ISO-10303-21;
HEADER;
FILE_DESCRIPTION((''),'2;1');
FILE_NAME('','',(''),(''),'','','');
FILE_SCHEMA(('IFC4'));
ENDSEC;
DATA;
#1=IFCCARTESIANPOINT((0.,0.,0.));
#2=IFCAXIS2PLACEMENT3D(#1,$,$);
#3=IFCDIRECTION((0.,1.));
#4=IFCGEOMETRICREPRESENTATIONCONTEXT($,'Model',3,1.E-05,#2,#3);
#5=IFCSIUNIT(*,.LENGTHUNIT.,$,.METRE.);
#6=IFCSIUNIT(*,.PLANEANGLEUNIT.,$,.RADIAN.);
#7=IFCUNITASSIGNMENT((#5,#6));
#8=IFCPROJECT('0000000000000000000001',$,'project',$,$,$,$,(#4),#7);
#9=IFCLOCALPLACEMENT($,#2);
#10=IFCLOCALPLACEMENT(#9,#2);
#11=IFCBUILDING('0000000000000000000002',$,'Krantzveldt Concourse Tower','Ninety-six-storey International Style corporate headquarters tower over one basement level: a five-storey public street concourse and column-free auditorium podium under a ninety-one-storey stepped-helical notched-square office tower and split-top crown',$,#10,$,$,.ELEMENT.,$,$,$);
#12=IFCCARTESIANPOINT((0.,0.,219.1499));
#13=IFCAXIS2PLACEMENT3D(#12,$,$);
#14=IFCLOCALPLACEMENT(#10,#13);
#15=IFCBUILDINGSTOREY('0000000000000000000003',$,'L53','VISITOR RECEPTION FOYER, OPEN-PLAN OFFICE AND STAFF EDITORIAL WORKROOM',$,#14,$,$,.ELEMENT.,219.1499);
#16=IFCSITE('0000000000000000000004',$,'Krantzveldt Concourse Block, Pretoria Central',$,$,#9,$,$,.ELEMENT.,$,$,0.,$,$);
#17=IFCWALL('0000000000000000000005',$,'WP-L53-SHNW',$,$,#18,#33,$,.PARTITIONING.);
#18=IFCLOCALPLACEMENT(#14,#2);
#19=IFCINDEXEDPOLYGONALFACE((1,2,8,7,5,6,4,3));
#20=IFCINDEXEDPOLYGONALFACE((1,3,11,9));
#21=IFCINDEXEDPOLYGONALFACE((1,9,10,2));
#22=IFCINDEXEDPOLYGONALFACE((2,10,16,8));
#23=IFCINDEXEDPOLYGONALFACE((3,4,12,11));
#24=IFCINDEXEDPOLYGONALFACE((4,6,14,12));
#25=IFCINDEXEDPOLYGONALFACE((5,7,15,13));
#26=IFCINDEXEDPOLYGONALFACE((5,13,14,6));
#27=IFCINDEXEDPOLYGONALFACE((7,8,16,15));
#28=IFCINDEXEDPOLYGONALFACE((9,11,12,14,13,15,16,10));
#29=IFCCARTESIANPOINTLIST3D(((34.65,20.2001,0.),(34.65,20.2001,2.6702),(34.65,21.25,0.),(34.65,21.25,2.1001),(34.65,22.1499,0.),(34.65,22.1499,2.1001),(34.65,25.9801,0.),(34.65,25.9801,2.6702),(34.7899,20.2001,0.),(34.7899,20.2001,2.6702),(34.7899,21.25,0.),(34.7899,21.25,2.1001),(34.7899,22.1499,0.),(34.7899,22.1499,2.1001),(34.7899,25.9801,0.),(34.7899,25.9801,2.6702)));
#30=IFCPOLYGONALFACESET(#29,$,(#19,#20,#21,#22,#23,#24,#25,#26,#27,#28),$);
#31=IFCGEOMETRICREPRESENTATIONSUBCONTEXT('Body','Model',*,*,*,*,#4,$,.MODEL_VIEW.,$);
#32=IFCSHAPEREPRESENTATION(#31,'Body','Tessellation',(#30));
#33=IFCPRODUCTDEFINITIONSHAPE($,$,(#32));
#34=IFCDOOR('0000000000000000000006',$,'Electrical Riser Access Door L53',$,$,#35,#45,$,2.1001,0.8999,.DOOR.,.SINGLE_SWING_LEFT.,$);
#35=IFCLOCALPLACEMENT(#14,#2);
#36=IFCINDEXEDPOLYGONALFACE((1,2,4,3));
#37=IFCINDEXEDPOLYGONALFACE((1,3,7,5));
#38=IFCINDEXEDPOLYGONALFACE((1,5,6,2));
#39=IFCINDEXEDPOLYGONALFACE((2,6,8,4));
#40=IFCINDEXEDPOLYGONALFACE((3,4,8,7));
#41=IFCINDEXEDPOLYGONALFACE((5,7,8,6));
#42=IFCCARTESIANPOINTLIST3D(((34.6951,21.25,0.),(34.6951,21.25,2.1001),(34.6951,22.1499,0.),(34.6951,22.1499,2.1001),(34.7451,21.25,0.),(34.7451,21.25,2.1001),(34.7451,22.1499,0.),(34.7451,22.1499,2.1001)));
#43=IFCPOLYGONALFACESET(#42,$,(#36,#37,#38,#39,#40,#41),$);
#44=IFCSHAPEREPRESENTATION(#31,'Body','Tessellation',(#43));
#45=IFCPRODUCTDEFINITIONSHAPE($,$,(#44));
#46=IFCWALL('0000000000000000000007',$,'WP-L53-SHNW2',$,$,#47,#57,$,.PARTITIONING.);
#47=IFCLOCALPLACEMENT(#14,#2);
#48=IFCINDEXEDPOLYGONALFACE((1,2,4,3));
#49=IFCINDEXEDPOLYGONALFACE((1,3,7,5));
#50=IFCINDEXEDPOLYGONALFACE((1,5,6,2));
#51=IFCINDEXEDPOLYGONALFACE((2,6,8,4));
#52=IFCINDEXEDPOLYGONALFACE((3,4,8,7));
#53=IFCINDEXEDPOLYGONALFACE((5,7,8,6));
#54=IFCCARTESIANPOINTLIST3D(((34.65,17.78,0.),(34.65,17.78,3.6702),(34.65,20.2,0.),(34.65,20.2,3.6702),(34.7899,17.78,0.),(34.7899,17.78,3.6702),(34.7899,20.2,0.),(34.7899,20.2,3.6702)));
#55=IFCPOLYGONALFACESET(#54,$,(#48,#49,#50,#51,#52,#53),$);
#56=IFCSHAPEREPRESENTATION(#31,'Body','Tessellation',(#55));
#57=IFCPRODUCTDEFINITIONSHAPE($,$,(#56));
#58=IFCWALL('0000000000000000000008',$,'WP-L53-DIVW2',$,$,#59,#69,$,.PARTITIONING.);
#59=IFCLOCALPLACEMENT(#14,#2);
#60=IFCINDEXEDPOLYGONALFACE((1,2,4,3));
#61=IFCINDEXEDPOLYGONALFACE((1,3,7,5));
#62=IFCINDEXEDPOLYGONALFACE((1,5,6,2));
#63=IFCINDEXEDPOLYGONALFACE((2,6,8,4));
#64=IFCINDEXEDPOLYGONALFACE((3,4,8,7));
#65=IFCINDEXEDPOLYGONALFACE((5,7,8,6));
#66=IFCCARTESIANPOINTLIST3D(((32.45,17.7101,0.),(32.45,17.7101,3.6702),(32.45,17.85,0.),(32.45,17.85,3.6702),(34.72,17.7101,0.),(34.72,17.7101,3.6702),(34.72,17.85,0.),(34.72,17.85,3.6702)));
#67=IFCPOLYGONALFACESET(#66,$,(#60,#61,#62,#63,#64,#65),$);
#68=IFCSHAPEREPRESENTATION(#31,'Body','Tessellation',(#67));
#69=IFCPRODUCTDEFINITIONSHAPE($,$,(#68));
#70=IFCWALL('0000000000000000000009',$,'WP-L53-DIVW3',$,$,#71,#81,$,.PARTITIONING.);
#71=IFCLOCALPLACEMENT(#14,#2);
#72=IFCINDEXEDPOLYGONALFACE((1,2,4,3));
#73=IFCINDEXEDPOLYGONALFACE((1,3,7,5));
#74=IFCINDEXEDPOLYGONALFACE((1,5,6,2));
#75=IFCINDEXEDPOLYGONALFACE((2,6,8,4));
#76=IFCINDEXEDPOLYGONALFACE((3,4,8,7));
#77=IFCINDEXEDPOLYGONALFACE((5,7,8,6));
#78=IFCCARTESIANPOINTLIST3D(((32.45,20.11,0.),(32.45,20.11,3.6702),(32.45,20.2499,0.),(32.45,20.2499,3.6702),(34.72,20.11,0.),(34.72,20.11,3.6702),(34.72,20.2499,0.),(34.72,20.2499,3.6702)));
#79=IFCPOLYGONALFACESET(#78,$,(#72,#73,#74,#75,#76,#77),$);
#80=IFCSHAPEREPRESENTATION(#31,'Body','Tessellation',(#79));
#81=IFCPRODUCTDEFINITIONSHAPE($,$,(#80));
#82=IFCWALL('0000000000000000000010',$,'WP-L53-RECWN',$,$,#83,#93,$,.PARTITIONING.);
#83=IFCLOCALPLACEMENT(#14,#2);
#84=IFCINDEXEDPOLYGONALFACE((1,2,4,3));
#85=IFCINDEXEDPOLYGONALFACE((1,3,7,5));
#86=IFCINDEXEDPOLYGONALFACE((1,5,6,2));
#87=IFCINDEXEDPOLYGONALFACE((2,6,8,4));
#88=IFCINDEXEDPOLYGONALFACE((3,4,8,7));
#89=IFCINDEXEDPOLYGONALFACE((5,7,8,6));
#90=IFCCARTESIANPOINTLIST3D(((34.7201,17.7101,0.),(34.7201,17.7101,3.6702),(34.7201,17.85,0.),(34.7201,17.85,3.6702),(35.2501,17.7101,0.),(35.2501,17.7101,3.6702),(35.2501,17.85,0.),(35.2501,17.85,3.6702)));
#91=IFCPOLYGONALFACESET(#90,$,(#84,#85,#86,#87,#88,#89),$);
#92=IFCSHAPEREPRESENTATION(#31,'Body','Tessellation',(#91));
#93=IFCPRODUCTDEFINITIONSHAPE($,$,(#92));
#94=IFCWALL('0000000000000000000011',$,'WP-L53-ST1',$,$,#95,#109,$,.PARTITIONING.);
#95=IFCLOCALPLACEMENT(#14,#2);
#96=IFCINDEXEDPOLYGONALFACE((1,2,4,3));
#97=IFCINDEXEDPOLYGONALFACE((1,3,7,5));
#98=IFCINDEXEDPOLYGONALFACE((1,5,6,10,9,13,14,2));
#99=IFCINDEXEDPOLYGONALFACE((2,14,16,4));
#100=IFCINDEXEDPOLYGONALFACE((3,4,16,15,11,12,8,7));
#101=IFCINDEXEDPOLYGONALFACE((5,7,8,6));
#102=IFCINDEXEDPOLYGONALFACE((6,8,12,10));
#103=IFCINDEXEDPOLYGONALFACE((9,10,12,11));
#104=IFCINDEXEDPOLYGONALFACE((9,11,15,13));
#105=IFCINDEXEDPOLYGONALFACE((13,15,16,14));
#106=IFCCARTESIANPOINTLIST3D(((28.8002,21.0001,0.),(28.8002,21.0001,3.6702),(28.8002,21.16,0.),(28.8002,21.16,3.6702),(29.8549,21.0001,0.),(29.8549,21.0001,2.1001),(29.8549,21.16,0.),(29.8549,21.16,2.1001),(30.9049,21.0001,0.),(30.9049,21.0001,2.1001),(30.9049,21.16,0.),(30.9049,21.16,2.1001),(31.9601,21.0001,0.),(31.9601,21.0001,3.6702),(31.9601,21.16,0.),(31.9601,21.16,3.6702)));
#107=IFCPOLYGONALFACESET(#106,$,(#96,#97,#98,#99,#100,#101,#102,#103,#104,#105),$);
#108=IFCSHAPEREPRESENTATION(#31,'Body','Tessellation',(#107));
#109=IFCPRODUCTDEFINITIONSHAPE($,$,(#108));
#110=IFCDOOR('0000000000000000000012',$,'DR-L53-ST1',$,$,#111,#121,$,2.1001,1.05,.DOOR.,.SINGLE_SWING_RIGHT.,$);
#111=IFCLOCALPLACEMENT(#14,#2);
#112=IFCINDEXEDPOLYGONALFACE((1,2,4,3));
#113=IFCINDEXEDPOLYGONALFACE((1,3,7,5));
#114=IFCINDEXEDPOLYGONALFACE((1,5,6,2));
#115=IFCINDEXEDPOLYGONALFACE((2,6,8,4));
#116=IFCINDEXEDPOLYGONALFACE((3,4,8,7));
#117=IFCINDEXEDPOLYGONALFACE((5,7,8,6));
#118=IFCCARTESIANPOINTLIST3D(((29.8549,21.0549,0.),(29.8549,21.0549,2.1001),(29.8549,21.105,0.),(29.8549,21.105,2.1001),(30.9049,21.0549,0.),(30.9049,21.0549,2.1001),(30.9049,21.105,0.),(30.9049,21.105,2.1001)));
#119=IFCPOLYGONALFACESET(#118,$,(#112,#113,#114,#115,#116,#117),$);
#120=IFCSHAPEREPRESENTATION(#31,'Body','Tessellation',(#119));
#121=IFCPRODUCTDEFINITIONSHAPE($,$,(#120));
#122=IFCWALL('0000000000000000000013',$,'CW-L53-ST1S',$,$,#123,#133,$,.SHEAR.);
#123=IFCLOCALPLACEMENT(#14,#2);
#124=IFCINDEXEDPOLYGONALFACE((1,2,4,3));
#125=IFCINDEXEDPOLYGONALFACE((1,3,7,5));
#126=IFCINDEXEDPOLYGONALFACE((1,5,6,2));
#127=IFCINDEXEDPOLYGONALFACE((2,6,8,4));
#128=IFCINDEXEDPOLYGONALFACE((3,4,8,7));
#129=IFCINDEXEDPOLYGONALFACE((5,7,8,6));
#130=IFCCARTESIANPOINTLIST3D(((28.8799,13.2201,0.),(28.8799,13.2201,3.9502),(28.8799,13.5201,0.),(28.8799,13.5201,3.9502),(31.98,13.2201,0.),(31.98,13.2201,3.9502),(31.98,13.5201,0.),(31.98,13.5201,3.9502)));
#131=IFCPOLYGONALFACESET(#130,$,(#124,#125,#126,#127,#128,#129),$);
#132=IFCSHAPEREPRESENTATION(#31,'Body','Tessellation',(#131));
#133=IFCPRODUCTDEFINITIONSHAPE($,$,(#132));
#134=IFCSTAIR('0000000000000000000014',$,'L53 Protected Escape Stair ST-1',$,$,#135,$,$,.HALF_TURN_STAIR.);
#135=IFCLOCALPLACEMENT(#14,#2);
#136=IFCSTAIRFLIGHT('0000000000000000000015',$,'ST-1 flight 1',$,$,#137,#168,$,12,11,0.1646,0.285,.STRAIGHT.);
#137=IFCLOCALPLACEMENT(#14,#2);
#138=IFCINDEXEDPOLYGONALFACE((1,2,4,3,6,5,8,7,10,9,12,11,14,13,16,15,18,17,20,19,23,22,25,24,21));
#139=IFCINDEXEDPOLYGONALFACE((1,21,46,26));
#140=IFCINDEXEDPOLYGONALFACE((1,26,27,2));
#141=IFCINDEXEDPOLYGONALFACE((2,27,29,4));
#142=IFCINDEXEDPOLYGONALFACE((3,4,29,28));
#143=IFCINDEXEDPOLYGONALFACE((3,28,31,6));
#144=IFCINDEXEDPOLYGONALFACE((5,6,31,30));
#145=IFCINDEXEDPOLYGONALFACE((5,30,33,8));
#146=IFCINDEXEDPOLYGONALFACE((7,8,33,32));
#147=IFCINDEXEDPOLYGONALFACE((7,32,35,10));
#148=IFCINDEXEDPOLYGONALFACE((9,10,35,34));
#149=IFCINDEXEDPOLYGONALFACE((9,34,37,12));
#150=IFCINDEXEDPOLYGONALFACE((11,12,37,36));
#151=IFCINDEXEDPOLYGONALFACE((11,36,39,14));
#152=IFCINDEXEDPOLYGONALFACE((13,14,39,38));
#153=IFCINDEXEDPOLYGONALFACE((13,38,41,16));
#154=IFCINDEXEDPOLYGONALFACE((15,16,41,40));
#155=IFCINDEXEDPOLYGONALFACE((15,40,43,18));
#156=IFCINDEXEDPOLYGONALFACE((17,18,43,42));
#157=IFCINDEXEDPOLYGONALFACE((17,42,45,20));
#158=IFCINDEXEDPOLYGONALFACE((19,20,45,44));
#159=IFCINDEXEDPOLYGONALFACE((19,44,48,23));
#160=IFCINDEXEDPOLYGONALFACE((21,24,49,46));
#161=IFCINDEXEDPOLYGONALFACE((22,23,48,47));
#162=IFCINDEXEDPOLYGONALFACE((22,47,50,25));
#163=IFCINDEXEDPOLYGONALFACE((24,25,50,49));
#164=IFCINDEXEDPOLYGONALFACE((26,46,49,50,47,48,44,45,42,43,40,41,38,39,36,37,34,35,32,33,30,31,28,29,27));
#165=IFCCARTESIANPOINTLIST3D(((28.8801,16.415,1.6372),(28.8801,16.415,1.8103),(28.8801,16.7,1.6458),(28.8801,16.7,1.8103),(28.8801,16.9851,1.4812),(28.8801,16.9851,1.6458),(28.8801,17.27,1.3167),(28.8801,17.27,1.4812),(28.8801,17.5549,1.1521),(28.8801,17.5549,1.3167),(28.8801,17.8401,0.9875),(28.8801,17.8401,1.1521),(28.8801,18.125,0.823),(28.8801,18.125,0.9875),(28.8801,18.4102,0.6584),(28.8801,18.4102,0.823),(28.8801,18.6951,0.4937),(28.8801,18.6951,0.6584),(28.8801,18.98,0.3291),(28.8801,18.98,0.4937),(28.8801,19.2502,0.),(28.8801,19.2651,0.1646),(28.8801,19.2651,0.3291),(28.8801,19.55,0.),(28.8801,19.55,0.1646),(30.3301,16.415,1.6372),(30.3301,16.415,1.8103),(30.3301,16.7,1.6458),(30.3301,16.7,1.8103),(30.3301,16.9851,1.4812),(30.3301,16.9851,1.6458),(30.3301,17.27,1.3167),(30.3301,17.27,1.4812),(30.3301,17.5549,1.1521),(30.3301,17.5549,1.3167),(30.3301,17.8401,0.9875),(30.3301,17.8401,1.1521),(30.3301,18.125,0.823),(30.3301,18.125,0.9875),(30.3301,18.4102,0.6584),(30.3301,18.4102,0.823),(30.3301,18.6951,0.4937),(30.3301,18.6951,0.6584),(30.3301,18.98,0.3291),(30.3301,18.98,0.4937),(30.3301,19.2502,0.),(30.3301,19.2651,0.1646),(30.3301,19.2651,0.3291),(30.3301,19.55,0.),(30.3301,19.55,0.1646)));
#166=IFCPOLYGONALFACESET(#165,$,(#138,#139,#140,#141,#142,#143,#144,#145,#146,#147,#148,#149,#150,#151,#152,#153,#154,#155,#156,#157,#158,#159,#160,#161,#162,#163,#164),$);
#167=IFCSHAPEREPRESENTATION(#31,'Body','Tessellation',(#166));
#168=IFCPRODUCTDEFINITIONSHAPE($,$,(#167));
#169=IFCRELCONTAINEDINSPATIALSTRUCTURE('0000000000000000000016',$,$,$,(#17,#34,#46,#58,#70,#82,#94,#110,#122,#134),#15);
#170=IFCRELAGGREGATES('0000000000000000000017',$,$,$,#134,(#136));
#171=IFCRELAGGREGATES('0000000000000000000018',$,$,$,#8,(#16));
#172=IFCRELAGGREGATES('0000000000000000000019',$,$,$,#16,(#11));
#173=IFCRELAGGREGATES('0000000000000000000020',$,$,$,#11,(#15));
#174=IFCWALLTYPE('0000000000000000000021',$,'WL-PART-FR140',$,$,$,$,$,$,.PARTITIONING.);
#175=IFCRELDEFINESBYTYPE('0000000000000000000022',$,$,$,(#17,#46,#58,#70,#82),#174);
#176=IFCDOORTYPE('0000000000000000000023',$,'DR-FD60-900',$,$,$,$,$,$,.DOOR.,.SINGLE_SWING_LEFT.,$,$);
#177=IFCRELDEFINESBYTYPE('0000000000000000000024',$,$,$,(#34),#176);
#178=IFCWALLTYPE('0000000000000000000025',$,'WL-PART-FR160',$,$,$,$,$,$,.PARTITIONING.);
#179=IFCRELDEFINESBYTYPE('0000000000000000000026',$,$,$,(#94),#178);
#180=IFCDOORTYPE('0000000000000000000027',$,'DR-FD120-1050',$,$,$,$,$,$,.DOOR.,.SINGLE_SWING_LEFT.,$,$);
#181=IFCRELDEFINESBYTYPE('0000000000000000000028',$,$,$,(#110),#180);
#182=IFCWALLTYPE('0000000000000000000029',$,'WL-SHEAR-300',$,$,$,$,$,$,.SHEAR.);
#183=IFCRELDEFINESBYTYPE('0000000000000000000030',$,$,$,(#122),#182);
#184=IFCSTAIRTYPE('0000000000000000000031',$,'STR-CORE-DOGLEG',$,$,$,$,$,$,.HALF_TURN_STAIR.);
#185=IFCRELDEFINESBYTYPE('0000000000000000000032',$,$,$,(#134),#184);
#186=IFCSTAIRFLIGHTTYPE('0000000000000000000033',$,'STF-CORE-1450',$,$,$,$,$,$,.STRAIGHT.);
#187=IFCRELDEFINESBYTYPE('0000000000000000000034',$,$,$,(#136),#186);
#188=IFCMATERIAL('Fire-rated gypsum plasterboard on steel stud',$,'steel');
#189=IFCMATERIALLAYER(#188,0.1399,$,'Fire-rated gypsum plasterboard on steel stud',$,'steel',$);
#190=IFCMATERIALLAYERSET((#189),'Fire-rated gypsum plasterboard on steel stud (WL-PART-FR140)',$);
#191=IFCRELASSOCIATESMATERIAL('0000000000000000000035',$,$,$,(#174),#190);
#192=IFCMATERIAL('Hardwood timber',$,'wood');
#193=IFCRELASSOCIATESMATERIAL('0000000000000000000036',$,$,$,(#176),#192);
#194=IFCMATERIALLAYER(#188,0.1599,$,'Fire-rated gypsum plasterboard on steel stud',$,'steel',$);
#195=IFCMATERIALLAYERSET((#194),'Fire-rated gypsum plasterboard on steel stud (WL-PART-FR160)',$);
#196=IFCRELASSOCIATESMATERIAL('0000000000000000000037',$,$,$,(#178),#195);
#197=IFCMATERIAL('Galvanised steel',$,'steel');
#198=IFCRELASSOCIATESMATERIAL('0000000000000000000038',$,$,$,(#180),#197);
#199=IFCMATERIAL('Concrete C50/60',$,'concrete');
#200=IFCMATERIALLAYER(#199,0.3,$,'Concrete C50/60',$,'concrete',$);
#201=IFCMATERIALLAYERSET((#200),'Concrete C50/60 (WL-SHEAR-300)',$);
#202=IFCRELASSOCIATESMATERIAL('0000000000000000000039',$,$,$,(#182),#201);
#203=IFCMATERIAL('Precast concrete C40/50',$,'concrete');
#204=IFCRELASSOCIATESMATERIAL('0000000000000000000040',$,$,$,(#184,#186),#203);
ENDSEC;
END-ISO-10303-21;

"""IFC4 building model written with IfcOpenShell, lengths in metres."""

from ifc_helpers import new_model, si_unit, direction, frame, frame_2d, origin, place, context, subcontext, project, spatial, polyline, rectangle, outline, extrude, material, layer, layer_set, type_object, element, fill, aggregate, save


model = new_model("IFC4")

# Units and contexts
model_context = context("Model", 3, precision=1e-05, world=origin(), true_north=direction((0.0, 1.0)))
body_context = subcontext(model_context, "Body", "Model", "MODEL_VIEW")
ifc_project = project(units=[si_unit("LENGTHUNIT", "METRE"), si_unit("PLANEANGLEUNIT", "RADIAN")], contexts=[model_context])

# Site, building, storey
site_placement = place(None, origin())
site = spatial("IfcSite", under=ifc_project, at=site_placement, Name="Krantzveldt Concourse Block, Pretoria Central", CompositionType="ELEMENT", RefElevation=0.0)
building_placement = place(site_placement, origin())
building = spatial("IfcBuilding", under=site, at=building_placement, Name="Krantzveldt Concourse Tower", Description="Ninety-six-storey International Style corporate headquarters tower over one basement level: a five-storey public street concourse and column-free auditorium podium under a ninety-one-storey stepped-helical notched-square office tower and split-top crown", CompositionType="ELEMENT")
storey_placement = place(building_placement, frame((0.0, 0.0, 219.1499)))
storey = spatial("IfcBuildingStorey", under=building, at=storey_placement, Name="L53", Description="VISITOR RECEPTION FOYER, OPEN-PLAN OFFICE AND STAFF EDITORIAL WORKROOM", CompositionType="ELEMENT", Elevation=219.1499)

# Wall, opening, door
ifc_material_1 = material(Name="Fire-rated gypsum plasterboard on steel stud", Category="steel")
ifc_layer_1 = layer(ifc_material_1, 0.1399, Name="Fire-rated gypsum plasterboard on steel stud", Category="steel")
ifc_layer_set_1 = layer_set([ifc_layer_1], Name="Fire-rated gypsum plasterboard on steel stud (WL-PART-FR140)")
wall_type_1 = type_object("IfcWallType", Name="WL-PART-FR140", PredefinedType="PARTITIONING", material=ifc_layer_set_1)
wall_1_placement = place(storey_placement, frame((34.72, 20.2, 0.0), z_axis=(0.0, 0.0, 1.0), x_axis=(0.0, 1.0, 0.0)))
wall_1 = element("IfcWall", 1, at=wall_1_placement, inside=storey, type_object=wall_type_1, Name="WP-L53-SHNW", PredefinedType="PARTITIONING", context=body_context, shape_type="SweptSolid", body=[
    extrude(rectangle(XDim=5.78, YDim=0.1399, at=frame_2d((2.8901, 0.0))), origin(), (0.0, 0.0, 1.0), 2.6702),
])
opening_1_placement = place(wall_1_placement, frame((1.05, 0.0, 0.0)))
opening_1 = element("IfcOpeningElement", 2, at=opening_1_placement, cuts=wall_1, PredefinedType="OPENING", context=body_context, shape_type="SweptSolid", body=[
    extrude(rectangle(XDim=0.8999, YDim=2.1001, at=frame_2d((0.45, 1.05))), frame((0.0, 0.0801, 0.0), z_axis=(0.0, -1.0, 0.0), x_axis=(1.0, 0.0, 0.0)), (0.0, 0.0, 1.0), 0.1599),
])
ifc_material_2 = material(Name="Hardwood timber", Category="wood")
door_type_1 = type_object("IfcDoorType", Name="DR-FD60-900", OperationType="SINGLE_SWING_LEFT", PredefinedType="DOOR", material=ifc_material_2)
door_1_placement = place(opening_1_placement, origin())
door_1 = element("IfcDoor", 3, at=door_1_placement, inside=storey, type_object=door_type_1, Name="Electrical Riser Access Door L53", OperationType="SINGLE_SWING_LEFT", OverallHeight=2.1001, OverallWidth=0.8999, PredefinedType="DOOR", context=body_context, shape_type="SweptSolid", body=[
    extrude(rectangle(XDim=0.8999, YDim=2.1001, at=frame_2d((0.45, 1.05))), frame((0.0, 0.0249, 0.0), z_axis=(0.0, -1.0, 0.0), x_axis=(1.0, 0.0, 0.0)), (0.0, 0.0, 1.0), 0.05),
])
fill(opening_1, door_1)

# Walls
wall_2_placement = place(storey_placement, frame((34.72, 17.78, 0.0), z_axis=(0.0, 0.0, 1.0), x_axis=(0.0, 1.0, 0.0)))
element("IfcWall", 4, at=wall_2_placement, inside=storey, type_object=wall_type_1, Name="WP-L53-SHNW2", PredefinedType="PARTITIONING", context=body_context, shape_type="SweptSolid", body=[
    extrude(rectangle(XDim=2.4199, YDim=0.1399, at=frame_2d((1.21, 0.0))), origin(), (0.0, 0.0, 1.0), 3.6702),
])
for number, where, z_axis, x_axis, name in (
    (5, (32.45, 17.78, 0.0), (0.0, 0.0, 1.0), (1.0, 0.0, 0.0), "WP-L53-DIVW2"),
    (6, (32.45, 20.1799, 0.0), (0.0, 0.0, 1.0), (1.0, 0.0, 0.0), "WP-L53-DIVW3"),
):
    element("IfcWall", number, at=place(storey_placement, frame(where, z_axis=z_axis, x_axis=x_axis)), inside=storey, type_object=wall_type_1, Name=name, PredefinedType="PARTITIONING", context=body_context, shape_type="SweptSolid", body=[
        extrude(rectangle(XDim=2.27, YDim=0.1399, at=frame_2d((1.135, 0.0))), origin(), (0.0, 0.0, 1.0), 3.6702),
    ])
wall_3_placement = place(storey_placement, frame((34.72, 17.78, 0.0), z_axis=(0.0, 0.0, 1.0), x_axis=(1.0, 0.0, 0.0)))
element("IfcWall", 7, at=wall_3_placement, inside=storey, type_object=wall_type_1, Name="WP-L53-RECWN", PredefinedType="PARTITIONING", context=body_context, shape_type="SweptSolid", body=[
    extrude(rectangle(XDim=0.53, YDim=0.1399, at=frame_2d((0.2651, 0.0))), origin(), (0.0, 0.0, 1.0), 3.6702),
])

# Wall, opening, door
ifc_layer_2 = layer(ifc_material_1, 0.1599, Name="Fire-rated gypsum plasterboard on steel stud", Category="steel")
ifc_layer_set_2 = layer_set([ifc_layer_2], Name="Fire-rated gypsum plasterboard on steel stud (WL-PART-FR160)")
wall_type_2 = type_object("IfcWallType", Name="WL-PART-FR160", PredefinedType="PARTITIONING", material=ifc_layer_set_2)
wall_4_placement = place(storey_placement, frame((28.8, 21.0801, 0.0), z_axis=(0.0, 0.0, 1.0), x_axis=(1.0, 0.0, 0.0)))
wall_4 = element("IfcWall", 8, at=wall_4_placement, inside=storey, type_object=wall_type_2, Name="WP-L53-ST1", PredefinedType="PARTITIONING", context=body_context, shape_type="SweptSolid", body=[
    extrude(rectangle(XDim=3.1599, YDim=0.1599, at=frame_2d((1.5801, 0.0))), origin(), (0.0, 0.0, 1.0), 3.6702),
])
opening_2_placement = place(wall_4_placement, frame((1.0549, 0.0, 0.0)))
opening_2 = element("IfcOpeningElement", 9, at=opening_2_placement, cuts=wall_4, PredefinedType="OPENING", context=body_context, shape_type="SweptSolid", body=[
    extrude(rectangle(XDim=1.05, YDim=2.1001, at=frame_2d((0.5249, 1.05))), frame((0.0, 0.0898, 0.0), z_axis=(0.0, -1.0, 0.0), x_axis=(1.0, 0.0, 0.0)), (0.0, 0.0, 1.0), 0.1799),
])
ifc_material_3 = material(Name="Galvanised steel", Category="steel")
door_type_2 = type_object("IfcDoorType", Name="DR-FD120-1050", OperationType="SINGLE_SWING_LEFT", PredefinedType="DOOR", material=ifc_material_3)
door_2_placement = place(opening_2_placement, origin())
door_2 = element("IfcDoor", 10, at=door_2_placement, inside=storey, type_object=door_type_2, Name="DR-L53-ST1", OperationType="SINGLE_SWING_RIGHT", OverallHeight=2.1001, OverallWidth=1.05, PredefinedType="DOOR", context=body_context, shape_type="SweptSolid", body=[
    extrude(rectangle(XDim=1.05, YDim=2.1001, at=frame_2d((0.5249, 1.05))), frame((0.0, 0.0249, 0.0), z_axis=(0.0, -1.0, 0.0), x_axis=(1.0, 0.0, 0.0)), (0.0, 0.0, 1.0), 0.05),
])
fill(opening_2, door_2)

# Wall
ifc_material_4 = material(Name="Concrete C50/60", Category="concrete")
ifc_layer_3 = layer(ifc_material_4, 0.3, Name="Concrete C50/60", Category="concrete")
ifc_layer_set_3 = layer_set([ifc_layer_3], Name="Concrete C50/60 (WL-SHEAR-300)")
wall_type_3 = type_object("IfcWallType", Name="WL-SHEAR-300", PredefinedType="SHEAR", material=ifc_layer_set_3)
wall_5_placement = place(storey_placement, frame((28.8799, 13.3701, 0.0), z_axis=(0.0, 0.0, 1.0), x_axis=(1.0, 0.0, 0.0)))
element("IfcWall", 11, at=wall_5_placement, inside=storey, type_object=wall_type_3, Name="CW-L53-ST1S", PredefinedType="SHEAR", context=body_context, shape_type="SweptSolid", body=[
    extrude(rectangle(XDim=3.1001, YDim=0.3, at=frame_2d((1.55, 0.0))), origin(), (0.0, 0.0, 1.0), 3.9502),
])

# Stair, stair flight
ifc_material_5 = material(Name="Precast concrete C40/50", Category="concrete")
stair_type = type_object("IfcStairType", Name="STR-CORE-DOGLEG", PredefinedType="HALF_TURN_STAIR", material=ifc_material_5)
stair_placement = place(storey_placement, origin())
stair = element("IfcStair", 12, at=stair_placement, inside=storey, type_object=stair_type, Name="L53 Protected Escape Stair ST-1", PredefinedType="HALF_TURN_STAIR")
stair_flight_type = type_object("IfcStairFlightType", Name="STF-CORE-1450", PredefinedType="STRAIGHT", material=ifc_material_5)
stair_flight_1_placement = place(storey_placement, frame((29.605, 19.55, 0.0), z_axis=(0.0, 0.0, 1.0), x_axis=(0.0, -1.0, 0.0)))
stair_flight_1 = element("IfcStairFlight", 13, at=stair_flight_1_placement, type_object=stair_flight_type, Name="ST-1 flight 1", NumberOfRisers=12, NumberOfTreads=11, PredefinedType="STRAIGHT", RiserHeight=0.1646, TreadLength=0.285, context=body_context, shape_type="SweptSolid", body=[
    extrude(outline(polyline([(0.0, 0.0), (0.0, 0.1646), (0.2849, 0.1646), (0.2849, 0.3291), (0.5701, 0.3291), (0.5701, 0.4937), (0.855, 0.4937), (0.855, 0.6584), (1.1399, 0.6584), (1.1399, 0.823), (1.425, 0.823), (1.425, 0.9875), (1.71, 0.9875), (1.71, 1.1521), (1.9951, 1.1521), (1.9951, 1.3167), (2.28, 1.3167), (2.28, 1.4812), (2.5649, 1.4812), (2.5649, 1.6458), (2.8501, 1.6458), (2.8501, 1.8103), (3.135, 1.8103), (3.135, 1.9751), (3.135, 1.6372), (0.2998, 0.0), (0.0, 0.0)])), frame((0.0, 0.7251, 0.0), z_axis=(0.0, -1.0, 0.0), x_axis=(1.0, 0.0, 0.0)), (0.0, 0.0, 1.0), 1.45),
])
aggregate(stair, [stair_flight_1])

save(model, "model.ifc")
